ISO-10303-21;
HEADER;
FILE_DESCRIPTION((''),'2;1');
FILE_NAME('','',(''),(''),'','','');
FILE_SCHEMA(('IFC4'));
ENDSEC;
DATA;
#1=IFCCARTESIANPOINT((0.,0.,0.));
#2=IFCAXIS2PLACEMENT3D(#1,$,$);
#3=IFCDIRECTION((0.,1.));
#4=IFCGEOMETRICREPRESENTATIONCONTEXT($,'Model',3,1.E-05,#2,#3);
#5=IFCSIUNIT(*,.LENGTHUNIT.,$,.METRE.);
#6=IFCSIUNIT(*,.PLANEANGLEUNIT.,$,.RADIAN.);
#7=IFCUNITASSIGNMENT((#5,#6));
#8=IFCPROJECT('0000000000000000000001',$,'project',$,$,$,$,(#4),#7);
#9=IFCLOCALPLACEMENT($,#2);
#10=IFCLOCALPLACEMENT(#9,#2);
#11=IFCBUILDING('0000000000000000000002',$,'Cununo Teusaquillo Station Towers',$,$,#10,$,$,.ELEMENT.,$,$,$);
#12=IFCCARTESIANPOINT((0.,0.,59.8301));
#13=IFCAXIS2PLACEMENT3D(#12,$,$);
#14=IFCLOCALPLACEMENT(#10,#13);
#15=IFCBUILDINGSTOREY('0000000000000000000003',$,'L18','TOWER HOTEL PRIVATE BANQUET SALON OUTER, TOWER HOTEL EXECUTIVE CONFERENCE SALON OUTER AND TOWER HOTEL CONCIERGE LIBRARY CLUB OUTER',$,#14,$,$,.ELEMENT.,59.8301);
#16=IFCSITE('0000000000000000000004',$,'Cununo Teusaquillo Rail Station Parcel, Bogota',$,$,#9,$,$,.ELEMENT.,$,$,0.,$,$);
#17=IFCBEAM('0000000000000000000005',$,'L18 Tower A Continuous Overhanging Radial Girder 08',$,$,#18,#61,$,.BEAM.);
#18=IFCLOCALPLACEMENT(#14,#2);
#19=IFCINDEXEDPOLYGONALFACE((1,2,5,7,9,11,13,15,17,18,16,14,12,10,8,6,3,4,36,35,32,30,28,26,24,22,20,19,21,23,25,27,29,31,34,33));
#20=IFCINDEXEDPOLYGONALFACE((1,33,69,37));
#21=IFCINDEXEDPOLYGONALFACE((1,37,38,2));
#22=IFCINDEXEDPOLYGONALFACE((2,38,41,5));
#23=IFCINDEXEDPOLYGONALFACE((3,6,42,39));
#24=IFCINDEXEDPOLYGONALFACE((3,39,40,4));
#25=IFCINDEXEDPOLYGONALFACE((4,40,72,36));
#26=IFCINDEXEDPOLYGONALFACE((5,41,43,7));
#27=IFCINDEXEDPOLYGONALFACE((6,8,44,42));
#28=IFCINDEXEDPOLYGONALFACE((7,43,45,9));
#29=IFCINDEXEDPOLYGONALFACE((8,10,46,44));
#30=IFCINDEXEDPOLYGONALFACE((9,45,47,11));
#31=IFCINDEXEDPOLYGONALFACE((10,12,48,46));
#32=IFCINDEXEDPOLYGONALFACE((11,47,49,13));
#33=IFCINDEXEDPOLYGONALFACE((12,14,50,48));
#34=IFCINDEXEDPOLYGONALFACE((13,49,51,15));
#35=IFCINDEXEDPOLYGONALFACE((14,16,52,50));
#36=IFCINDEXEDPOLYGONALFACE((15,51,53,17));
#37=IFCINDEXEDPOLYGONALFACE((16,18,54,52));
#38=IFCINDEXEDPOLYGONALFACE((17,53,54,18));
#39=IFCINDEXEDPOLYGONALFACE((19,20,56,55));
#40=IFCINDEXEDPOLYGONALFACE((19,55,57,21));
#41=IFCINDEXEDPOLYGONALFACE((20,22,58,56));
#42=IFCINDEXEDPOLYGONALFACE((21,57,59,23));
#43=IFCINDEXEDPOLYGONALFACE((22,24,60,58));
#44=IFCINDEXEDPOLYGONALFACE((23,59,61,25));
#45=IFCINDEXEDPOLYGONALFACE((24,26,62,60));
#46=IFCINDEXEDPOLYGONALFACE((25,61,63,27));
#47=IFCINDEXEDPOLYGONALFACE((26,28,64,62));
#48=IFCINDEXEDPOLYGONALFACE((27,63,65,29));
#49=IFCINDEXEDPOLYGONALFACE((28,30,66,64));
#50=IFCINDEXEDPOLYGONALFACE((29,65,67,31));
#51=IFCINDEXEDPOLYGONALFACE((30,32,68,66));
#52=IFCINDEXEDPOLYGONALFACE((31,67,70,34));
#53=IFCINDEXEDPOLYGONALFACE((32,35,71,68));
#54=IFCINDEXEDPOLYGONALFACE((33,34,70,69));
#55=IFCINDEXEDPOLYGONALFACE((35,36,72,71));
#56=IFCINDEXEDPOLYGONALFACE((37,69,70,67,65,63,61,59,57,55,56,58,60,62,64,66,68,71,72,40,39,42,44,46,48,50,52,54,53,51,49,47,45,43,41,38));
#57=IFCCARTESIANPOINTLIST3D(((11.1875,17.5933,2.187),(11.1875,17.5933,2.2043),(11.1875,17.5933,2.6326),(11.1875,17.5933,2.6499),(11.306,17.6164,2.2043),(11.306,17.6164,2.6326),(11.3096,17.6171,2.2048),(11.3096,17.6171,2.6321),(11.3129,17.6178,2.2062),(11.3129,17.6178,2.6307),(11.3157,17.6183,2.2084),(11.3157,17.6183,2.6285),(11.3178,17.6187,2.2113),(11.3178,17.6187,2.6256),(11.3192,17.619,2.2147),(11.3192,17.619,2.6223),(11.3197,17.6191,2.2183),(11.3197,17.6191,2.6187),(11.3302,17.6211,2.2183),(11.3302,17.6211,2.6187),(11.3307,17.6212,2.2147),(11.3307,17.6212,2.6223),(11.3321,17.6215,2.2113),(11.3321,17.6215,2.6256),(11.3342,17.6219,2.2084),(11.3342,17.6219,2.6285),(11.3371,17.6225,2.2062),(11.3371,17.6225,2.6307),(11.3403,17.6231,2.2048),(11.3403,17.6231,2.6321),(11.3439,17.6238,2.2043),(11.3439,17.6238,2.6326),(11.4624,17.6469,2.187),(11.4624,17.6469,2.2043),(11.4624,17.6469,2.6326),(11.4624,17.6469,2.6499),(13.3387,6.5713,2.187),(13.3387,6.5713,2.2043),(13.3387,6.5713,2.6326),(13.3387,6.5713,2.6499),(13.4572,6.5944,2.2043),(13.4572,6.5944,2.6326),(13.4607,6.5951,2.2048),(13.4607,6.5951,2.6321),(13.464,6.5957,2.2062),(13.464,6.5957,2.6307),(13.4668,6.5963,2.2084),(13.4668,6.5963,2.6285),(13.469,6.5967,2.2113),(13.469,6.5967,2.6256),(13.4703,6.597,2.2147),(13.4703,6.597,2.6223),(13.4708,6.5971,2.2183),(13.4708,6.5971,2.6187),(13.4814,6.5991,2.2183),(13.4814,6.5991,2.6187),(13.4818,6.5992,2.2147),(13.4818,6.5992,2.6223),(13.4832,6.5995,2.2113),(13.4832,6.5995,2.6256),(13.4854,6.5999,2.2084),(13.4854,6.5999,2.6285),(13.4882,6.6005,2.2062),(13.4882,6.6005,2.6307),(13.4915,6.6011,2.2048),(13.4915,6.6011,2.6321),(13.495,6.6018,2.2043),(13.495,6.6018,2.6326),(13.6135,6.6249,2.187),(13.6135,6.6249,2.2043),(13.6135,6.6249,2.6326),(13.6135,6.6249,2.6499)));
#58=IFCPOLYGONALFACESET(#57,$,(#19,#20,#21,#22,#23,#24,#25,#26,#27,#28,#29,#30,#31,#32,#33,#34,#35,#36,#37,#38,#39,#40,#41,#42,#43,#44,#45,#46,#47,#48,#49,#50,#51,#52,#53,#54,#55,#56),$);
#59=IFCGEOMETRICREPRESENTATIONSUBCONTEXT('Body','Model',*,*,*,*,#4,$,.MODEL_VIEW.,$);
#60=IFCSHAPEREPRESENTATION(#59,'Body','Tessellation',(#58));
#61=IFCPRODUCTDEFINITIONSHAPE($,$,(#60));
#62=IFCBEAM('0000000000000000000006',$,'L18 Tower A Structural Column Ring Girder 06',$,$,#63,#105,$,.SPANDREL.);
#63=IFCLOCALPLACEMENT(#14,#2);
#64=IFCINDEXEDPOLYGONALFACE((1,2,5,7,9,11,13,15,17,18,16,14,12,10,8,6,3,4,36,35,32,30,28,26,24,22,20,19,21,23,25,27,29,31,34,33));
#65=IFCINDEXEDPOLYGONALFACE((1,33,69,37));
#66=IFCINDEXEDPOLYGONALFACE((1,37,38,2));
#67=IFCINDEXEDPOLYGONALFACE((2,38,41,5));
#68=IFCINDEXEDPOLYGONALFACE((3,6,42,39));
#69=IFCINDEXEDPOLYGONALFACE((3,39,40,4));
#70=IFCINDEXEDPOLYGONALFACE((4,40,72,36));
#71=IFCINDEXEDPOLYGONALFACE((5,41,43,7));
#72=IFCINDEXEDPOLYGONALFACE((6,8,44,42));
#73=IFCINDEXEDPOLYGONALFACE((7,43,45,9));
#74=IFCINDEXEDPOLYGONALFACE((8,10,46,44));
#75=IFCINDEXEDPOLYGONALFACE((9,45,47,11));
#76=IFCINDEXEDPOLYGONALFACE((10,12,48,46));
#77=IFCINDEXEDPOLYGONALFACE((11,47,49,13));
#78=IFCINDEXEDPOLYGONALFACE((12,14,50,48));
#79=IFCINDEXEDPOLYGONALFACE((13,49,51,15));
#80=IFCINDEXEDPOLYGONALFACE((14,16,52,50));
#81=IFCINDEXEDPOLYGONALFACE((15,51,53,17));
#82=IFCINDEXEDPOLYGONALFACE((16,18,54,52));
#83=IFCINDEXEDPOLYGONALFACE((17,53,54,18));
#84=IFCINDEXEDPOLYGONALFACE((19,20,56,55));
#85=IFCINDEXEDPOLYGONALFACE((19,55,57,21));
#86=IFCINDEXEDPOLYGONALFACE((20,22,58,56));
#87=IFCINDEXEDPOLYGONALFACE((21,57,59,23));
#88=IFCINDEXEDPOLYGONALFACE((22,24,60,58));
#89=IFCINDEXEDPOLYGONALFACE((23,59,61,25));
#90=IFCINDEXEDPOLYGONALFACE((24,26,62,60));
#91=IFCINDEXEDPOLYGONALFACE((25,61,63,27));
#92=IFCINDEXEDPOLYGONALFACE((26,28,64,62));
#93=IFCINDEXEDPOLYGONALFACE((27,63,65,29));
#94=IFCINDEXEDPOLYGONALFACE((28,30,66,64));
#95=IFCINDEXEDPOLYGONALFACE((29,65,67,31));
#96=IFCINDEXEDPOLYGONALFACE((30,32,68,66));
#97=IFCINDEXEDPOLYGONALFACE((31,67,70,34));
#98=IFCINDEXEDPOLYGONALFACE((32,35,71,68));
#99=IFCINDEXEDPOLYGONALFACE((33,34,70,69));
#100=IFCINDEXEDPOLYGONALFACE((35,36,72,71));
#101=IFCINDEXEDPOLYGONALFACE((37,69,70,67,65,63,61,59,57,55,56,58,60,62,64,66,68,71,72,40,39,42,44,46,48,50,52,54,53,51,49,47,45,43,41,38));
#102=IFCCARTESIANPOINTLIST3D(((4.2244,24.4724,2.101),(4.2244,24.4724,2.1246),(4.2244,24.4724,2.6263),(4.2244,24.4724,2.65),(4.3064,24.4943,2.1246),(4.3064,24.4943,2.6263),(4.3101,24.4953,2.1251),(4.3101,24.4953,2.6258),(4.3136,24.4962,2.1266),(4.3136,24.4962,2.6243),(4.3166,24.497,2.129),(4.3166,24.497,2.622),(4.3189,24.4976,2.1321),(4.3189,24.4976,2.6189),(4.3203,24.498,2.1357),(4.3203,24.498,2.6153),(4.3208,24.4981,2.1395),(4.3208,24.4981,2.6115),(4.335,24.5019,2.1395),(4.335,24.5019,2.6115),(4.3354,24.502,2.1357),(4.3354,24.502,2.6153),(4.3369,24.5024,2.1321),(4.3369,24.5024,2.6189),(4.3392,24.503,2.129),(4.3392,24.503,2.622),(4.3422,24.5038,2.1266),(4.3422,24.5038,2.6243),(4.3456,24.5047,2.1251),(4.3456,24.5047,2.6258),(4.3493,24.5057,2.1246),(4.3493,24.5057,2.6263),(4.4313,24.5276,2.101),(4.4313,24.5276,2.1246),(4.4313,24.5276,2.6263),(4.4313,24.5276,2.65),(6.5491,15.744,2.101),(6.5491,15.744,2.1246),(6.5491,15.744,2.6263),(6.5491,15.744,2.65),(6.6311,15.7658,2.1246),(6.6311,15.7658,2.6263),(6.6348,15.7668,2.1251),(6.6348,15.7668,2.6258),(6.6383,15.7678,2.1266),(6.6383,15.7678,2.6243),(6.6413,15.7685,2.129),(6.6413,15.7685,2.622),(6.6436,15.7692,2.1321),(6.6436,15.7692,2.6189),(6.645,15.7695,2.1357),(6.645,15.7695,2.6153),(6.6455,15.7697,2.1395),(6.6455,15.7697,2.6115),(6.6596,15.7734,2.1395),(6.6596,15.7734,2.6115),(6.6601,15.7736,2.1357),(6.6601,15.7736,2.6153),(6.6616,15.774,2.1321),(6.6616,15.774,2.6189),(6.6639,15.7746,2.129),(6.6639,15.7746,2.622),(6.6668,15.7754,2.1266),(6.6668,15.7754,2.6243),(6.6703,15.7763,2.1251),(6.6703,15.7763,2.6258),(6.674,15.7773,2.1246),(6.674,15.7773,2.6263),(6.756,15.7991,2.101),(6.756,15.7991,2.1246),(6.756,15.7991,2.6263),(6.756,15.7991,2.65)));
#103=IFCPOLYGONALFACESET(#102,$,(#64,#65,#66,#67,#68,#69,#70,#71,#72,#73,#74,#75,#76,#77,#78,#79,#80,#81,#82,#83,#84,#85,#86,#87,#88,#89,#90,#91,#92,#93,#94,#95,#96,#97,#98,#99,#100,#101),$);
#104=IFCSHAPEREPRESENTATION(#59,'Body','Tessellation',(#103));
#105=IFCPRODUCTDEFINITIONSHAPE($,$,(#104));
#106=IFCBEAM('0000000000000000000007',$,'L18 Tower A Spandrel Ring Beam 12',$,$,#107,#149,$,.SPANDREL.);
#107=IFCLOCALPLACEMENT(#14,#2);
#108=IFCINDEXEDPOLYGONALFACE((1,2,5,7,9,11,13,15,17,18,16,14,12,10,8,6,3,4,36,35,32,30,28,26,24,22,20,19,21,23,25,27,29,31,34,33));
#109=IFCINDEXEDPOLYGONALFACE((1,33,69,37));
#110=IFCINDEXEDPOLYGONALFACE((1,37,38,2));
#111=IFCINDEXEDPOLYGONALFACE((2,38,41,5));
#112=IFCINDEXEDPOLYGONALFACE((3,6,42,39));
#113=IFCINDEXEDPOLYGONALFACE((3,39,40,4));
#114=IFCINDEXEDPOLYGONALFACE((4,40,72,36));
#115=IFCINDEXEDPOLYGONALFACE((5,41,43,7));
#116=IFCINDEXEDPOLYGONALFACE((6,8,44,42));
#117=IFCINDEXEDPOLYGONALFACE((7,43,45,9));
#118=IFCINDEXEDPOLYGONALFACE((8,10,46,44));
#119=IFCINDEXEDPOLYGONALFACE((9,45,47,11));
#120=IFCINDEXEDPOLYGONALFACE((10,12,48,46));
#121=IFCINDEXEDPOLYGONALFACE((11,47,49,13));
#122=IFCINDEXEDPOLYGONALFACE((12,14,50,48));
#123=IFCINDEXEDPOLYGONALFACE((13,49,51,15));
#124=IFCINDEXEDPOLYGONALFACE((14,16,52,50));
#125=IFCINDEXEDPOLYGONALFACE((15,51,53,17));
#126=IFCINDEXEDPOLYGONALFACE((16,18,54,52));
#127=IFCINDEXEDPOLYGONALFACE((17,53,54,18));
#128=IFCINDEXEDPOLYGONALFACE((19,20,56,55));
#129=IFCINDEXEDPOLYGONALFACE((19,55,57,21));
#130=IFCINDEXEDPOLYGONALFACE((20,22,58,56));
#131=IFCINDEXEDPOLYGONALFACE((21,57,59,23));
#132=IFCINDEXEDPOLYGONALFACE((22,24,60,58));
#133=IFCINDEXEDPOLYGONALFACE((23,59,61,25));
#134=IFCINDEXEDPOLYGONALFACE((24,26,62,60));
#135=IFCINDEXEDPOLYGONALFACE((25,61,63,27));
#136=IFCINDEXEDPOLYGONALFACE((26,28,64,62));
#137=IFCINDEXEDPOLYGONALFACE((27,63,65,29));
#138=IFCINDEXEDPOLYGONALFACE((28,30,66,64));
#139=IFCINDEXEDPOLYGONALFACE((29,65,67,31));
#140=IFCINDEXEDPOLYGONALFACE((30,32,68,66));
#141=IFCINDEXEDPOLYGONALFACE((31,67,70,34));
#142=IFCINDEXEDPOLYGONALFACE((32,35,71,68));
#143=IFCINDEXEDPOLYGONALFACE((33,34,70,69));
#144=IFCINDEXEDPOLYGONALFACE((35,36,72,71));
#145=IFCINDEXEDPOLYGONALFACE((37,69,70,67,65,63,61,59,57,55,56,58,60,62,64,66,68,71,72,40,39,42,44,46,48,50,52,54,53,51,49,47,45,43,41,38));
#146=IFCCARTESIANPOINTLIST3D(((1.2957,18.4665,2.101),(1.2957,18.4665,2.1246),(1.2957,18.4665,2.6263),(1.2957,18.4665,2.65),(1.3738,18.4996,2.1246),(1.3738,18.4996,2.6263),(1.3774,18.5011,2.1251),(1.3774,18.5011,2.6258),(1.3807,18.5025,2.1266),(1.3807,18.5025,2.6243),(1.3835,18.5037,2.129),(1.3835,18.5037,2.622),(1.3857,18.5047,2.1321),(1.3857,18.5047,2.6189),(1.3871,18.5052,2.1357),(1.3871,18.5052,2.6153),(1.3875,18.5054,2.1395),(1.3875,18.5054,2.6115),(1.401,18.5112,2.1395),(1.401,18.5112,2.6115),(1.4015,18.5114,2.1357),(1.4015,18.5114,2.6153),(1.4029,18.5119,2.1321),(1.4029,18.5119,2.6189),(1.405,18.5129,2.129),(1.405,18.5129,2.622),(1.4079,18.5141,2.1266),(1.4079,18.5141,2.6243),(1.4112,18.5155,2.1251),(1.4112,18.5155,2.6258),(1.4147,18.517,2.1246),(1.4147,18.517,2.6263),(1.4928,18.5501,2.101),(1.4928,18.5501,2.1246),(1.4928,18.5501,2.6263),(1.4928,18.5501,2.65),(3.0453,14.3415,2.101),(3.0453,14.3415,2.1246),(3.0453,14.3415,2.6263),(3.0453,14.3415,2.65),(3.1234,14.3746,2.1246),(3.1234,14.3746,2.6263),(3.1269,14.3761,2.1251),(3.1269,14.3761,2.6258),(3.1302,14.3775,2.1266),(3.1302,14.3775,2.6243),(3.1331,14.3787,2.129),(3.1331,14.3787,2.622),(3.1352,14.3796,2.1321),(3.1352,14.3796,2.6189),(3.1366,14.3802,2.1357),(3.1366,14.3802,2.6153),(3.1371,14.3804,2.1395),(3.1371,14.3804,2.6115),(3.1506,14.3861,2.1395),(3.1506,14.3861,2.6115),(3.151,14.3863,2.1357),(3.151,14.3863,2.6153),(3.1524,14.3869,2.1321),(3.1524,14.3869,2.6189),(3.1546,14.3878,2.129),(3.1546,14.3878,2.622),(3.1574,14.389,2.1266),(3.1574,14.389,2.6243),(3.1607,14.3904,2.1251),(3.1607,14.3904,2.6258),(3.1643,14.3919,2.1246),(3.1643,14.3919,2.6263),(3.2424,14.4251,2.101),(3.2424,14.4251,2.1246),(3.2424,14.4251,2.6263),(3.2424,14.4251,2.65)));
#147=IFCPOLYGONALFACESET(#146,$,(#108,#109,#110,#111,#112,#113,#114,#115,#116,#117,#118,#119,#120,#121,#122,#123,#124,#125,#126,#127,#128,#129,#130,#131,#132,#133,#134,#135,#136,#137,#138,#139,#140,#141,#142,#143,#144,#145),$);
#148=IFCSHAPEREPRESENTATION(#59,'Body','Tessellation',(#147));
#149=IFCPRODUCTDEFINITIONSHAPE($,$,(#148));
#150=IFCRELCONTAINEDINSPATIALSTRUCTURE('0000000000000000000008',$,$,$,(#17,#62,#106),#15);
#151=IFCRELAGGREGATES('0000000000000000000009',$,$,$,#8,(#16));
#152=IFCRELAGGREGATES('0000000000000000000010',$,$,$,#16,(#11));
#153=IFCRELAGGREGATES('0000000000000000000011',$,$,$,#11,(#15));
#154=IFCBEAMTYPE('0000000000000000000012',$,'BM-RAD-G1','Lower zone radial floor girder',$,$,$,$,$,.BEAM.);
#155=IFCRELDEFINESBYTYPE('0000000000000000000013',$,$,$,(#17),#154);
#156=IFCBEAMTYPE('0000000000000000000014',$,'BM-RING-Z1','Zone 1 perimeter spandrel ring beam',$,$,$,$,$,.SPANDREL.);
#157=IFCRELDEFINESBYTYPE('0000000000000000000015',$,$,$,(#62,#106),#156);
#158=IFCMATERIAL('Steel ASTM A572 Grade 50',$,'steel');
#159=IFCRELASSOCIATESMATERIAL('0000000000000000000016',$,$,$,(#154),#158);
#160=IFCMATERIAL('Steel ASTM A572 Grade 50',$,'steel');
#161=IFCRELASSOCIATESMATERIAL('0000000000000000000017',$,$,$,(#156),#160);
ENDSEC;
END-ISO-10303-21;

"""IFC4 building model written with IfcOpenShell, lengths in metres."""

from ifc_helpers import new_model, si_unit, direction, frame, origin, origin_2d, place, context, subcontext, project, spatial, i_section, extrude, material, material_profile, profile_set, type_object, element, save


model = new_model("IFC4")

# Units and contexts
model_context = context("Model", 3, precision=1e-05, world=origin(), true_north=direction((0.0, 1.0)))
body_context = subcontext(model_context, "Body", "Model", "MODEL_VIEW")
ifc_project = project(units=[si_unit("LENGTHUNIT", "METRE"), si_unit("PLANEANGLEUNIT", "RADIAN")], contexts=[model_context])

# Site, building, storey
site_placement = place(None, origin())
site = spatial("IfcSite", under=ifc_project, at=site_placement, Name="Cununo Teusaquillo Rail Station Parcel, Bogota", CompositionType="ELEMENT", RefElevation=0.0)
building_placement = place(site_placement, origin())
building = spatial("IfcBuilding", under=site, at=building_placement, Name="Cununo Teusaquillo Station Towers", CompositionType="ELEMENT")
storey_placement = place(building_placement, frame((0.0, 0.0, 59.8301)))
storey = spatial("IfcBuildingStorey", under=building, at=storey_placement, Name="L18", Description="TOWER HOTEL PRIVATE BANQUET SALON OUTER, TOWER HOTEL EXECUTIVE CONFERENCE SALON OUTER AND TOWER HOTEL CONCIERGE LIBRARY CLUB OUTER", CompositionType="ELEMENT", Elevation=59.8301)

# Beams
ifc_material_1 = material(Name="Steel ASTM A572 Grade 50", Category="steel")
ifc_material_profile_1 = material_profile(ifc_material_1, i_section(OverallWidth=0.28, OverallDepth=0.4629, WebThickness=0.0107, FlangeThickness=0.0173, FilletRadius=0.0139, at=origin_2d()), Name="W18X76")
ifc_profile_set_1 = profile_set([ifc_material_profile_1], Name="Steel ASTM A572 Grade 50")
beam_type_1 = type_object("IfcBeamType", Name="BM-RAD-G1", Description="Lower zone radial floor girder", PredefinedType="BEAM", material=ifc_profile_set_1)
beam_1_placement = place(storey_placement, frame((11.325, 17.6201, 2.4185), z_axis=(0.191553, -0.981482, 0.0), x_axis=(0.981482, 0.191553, 0.0)))
element("IfcBeam", 1, at=beam_1_placement, inside=storey, type_object=beam_type_1, Name="L18 Tower A Continuous Overhanging Radial Girder 08", PredefinedType="BEAM", context=body_context, shape_type="SweptSolid", body=[
    extrude(i_section(OverallWidth=0.28, OverallDepth=0.4629, WebThickness=0.0107, FlangeThickness=0.0173, FilletRadius=0.0139, at=origin_2d()), origin(), (0.0, 0.0, 1.0), 11.23),
])
ifc_material_2 = material(Name="Steel ASTM A572 Grade 50", Category="steel")
ifc_material_profile_2 = material_profile(ifc_material_2, i_section(OverallWidth=0.2141, OverallDepth=0.5491, WebThickness=0.0146, FlangeThickness=0.0237, FilletRadius=0.0149, at=origin_2d()), Name="W21X93")
ifc_profile_set_2 = profile_set([ifc_material_profile_2], Name="Steel ASTM A572 Grade 50")
beam_type_2 = type_object("IfcBeamType", Name="BM-RING-Z1", Description="Zone 1 perimeter spandrel ring beam", PredefinedType="SPANDREL", material=ifc_profile_set_2)
beam_2_placement = place(storey_placement, frame((4.3279, 24.5, 2.3755), z_axis=(0.257363, -0.966315, 0.0), x_axis=(0.966315, 0.257363, 0.0)))
element("IfcBeam", 2, at=beam_2_placement, inside=storey, type_object=beam_type_2, Name="L18 Tower A Structural Column Ring Girder 06", PredefinedType="SPANDREL", context=body_context, shape_type="SweptSolid", body=[
    extrude(i_section(OverallWidth=0.2141, OverallDepth=0.5491, WebThickness=0.0146, FlangeThickness=0.0237, FilletRadius=0.0149, at=origin_2d()), origin(), (0.0, 0.0, 1.0), 9.0327),
])
beam_3_placement = place(storey_placement, frame((1.3943, 18.5083, 2.3755), z_axis=(0.390457, -0.920621, 0.0), x_axis=(0.920621, 0.390457, 0.0)))
element("IfcBeam", 3, at=beam_3_placement, inside=storey, type_object=beam_type_2, Name="L18 Tower A Spandrel Ring Beam 12", PredefinedType="SPANDREL", context=body_context, shape_type="SweptSolid", body=[
    extrude(i_section(OverallWidth=0.2141, OverallDepth=0.5491, WebThickness=0.0146, FlangeThickness=0.0237, FilletRadius=0.0149, at=origin_2d()), origin(), (0.0, 0.0, 1.0), 4.4807),
])

save(model, "model.ifc")
